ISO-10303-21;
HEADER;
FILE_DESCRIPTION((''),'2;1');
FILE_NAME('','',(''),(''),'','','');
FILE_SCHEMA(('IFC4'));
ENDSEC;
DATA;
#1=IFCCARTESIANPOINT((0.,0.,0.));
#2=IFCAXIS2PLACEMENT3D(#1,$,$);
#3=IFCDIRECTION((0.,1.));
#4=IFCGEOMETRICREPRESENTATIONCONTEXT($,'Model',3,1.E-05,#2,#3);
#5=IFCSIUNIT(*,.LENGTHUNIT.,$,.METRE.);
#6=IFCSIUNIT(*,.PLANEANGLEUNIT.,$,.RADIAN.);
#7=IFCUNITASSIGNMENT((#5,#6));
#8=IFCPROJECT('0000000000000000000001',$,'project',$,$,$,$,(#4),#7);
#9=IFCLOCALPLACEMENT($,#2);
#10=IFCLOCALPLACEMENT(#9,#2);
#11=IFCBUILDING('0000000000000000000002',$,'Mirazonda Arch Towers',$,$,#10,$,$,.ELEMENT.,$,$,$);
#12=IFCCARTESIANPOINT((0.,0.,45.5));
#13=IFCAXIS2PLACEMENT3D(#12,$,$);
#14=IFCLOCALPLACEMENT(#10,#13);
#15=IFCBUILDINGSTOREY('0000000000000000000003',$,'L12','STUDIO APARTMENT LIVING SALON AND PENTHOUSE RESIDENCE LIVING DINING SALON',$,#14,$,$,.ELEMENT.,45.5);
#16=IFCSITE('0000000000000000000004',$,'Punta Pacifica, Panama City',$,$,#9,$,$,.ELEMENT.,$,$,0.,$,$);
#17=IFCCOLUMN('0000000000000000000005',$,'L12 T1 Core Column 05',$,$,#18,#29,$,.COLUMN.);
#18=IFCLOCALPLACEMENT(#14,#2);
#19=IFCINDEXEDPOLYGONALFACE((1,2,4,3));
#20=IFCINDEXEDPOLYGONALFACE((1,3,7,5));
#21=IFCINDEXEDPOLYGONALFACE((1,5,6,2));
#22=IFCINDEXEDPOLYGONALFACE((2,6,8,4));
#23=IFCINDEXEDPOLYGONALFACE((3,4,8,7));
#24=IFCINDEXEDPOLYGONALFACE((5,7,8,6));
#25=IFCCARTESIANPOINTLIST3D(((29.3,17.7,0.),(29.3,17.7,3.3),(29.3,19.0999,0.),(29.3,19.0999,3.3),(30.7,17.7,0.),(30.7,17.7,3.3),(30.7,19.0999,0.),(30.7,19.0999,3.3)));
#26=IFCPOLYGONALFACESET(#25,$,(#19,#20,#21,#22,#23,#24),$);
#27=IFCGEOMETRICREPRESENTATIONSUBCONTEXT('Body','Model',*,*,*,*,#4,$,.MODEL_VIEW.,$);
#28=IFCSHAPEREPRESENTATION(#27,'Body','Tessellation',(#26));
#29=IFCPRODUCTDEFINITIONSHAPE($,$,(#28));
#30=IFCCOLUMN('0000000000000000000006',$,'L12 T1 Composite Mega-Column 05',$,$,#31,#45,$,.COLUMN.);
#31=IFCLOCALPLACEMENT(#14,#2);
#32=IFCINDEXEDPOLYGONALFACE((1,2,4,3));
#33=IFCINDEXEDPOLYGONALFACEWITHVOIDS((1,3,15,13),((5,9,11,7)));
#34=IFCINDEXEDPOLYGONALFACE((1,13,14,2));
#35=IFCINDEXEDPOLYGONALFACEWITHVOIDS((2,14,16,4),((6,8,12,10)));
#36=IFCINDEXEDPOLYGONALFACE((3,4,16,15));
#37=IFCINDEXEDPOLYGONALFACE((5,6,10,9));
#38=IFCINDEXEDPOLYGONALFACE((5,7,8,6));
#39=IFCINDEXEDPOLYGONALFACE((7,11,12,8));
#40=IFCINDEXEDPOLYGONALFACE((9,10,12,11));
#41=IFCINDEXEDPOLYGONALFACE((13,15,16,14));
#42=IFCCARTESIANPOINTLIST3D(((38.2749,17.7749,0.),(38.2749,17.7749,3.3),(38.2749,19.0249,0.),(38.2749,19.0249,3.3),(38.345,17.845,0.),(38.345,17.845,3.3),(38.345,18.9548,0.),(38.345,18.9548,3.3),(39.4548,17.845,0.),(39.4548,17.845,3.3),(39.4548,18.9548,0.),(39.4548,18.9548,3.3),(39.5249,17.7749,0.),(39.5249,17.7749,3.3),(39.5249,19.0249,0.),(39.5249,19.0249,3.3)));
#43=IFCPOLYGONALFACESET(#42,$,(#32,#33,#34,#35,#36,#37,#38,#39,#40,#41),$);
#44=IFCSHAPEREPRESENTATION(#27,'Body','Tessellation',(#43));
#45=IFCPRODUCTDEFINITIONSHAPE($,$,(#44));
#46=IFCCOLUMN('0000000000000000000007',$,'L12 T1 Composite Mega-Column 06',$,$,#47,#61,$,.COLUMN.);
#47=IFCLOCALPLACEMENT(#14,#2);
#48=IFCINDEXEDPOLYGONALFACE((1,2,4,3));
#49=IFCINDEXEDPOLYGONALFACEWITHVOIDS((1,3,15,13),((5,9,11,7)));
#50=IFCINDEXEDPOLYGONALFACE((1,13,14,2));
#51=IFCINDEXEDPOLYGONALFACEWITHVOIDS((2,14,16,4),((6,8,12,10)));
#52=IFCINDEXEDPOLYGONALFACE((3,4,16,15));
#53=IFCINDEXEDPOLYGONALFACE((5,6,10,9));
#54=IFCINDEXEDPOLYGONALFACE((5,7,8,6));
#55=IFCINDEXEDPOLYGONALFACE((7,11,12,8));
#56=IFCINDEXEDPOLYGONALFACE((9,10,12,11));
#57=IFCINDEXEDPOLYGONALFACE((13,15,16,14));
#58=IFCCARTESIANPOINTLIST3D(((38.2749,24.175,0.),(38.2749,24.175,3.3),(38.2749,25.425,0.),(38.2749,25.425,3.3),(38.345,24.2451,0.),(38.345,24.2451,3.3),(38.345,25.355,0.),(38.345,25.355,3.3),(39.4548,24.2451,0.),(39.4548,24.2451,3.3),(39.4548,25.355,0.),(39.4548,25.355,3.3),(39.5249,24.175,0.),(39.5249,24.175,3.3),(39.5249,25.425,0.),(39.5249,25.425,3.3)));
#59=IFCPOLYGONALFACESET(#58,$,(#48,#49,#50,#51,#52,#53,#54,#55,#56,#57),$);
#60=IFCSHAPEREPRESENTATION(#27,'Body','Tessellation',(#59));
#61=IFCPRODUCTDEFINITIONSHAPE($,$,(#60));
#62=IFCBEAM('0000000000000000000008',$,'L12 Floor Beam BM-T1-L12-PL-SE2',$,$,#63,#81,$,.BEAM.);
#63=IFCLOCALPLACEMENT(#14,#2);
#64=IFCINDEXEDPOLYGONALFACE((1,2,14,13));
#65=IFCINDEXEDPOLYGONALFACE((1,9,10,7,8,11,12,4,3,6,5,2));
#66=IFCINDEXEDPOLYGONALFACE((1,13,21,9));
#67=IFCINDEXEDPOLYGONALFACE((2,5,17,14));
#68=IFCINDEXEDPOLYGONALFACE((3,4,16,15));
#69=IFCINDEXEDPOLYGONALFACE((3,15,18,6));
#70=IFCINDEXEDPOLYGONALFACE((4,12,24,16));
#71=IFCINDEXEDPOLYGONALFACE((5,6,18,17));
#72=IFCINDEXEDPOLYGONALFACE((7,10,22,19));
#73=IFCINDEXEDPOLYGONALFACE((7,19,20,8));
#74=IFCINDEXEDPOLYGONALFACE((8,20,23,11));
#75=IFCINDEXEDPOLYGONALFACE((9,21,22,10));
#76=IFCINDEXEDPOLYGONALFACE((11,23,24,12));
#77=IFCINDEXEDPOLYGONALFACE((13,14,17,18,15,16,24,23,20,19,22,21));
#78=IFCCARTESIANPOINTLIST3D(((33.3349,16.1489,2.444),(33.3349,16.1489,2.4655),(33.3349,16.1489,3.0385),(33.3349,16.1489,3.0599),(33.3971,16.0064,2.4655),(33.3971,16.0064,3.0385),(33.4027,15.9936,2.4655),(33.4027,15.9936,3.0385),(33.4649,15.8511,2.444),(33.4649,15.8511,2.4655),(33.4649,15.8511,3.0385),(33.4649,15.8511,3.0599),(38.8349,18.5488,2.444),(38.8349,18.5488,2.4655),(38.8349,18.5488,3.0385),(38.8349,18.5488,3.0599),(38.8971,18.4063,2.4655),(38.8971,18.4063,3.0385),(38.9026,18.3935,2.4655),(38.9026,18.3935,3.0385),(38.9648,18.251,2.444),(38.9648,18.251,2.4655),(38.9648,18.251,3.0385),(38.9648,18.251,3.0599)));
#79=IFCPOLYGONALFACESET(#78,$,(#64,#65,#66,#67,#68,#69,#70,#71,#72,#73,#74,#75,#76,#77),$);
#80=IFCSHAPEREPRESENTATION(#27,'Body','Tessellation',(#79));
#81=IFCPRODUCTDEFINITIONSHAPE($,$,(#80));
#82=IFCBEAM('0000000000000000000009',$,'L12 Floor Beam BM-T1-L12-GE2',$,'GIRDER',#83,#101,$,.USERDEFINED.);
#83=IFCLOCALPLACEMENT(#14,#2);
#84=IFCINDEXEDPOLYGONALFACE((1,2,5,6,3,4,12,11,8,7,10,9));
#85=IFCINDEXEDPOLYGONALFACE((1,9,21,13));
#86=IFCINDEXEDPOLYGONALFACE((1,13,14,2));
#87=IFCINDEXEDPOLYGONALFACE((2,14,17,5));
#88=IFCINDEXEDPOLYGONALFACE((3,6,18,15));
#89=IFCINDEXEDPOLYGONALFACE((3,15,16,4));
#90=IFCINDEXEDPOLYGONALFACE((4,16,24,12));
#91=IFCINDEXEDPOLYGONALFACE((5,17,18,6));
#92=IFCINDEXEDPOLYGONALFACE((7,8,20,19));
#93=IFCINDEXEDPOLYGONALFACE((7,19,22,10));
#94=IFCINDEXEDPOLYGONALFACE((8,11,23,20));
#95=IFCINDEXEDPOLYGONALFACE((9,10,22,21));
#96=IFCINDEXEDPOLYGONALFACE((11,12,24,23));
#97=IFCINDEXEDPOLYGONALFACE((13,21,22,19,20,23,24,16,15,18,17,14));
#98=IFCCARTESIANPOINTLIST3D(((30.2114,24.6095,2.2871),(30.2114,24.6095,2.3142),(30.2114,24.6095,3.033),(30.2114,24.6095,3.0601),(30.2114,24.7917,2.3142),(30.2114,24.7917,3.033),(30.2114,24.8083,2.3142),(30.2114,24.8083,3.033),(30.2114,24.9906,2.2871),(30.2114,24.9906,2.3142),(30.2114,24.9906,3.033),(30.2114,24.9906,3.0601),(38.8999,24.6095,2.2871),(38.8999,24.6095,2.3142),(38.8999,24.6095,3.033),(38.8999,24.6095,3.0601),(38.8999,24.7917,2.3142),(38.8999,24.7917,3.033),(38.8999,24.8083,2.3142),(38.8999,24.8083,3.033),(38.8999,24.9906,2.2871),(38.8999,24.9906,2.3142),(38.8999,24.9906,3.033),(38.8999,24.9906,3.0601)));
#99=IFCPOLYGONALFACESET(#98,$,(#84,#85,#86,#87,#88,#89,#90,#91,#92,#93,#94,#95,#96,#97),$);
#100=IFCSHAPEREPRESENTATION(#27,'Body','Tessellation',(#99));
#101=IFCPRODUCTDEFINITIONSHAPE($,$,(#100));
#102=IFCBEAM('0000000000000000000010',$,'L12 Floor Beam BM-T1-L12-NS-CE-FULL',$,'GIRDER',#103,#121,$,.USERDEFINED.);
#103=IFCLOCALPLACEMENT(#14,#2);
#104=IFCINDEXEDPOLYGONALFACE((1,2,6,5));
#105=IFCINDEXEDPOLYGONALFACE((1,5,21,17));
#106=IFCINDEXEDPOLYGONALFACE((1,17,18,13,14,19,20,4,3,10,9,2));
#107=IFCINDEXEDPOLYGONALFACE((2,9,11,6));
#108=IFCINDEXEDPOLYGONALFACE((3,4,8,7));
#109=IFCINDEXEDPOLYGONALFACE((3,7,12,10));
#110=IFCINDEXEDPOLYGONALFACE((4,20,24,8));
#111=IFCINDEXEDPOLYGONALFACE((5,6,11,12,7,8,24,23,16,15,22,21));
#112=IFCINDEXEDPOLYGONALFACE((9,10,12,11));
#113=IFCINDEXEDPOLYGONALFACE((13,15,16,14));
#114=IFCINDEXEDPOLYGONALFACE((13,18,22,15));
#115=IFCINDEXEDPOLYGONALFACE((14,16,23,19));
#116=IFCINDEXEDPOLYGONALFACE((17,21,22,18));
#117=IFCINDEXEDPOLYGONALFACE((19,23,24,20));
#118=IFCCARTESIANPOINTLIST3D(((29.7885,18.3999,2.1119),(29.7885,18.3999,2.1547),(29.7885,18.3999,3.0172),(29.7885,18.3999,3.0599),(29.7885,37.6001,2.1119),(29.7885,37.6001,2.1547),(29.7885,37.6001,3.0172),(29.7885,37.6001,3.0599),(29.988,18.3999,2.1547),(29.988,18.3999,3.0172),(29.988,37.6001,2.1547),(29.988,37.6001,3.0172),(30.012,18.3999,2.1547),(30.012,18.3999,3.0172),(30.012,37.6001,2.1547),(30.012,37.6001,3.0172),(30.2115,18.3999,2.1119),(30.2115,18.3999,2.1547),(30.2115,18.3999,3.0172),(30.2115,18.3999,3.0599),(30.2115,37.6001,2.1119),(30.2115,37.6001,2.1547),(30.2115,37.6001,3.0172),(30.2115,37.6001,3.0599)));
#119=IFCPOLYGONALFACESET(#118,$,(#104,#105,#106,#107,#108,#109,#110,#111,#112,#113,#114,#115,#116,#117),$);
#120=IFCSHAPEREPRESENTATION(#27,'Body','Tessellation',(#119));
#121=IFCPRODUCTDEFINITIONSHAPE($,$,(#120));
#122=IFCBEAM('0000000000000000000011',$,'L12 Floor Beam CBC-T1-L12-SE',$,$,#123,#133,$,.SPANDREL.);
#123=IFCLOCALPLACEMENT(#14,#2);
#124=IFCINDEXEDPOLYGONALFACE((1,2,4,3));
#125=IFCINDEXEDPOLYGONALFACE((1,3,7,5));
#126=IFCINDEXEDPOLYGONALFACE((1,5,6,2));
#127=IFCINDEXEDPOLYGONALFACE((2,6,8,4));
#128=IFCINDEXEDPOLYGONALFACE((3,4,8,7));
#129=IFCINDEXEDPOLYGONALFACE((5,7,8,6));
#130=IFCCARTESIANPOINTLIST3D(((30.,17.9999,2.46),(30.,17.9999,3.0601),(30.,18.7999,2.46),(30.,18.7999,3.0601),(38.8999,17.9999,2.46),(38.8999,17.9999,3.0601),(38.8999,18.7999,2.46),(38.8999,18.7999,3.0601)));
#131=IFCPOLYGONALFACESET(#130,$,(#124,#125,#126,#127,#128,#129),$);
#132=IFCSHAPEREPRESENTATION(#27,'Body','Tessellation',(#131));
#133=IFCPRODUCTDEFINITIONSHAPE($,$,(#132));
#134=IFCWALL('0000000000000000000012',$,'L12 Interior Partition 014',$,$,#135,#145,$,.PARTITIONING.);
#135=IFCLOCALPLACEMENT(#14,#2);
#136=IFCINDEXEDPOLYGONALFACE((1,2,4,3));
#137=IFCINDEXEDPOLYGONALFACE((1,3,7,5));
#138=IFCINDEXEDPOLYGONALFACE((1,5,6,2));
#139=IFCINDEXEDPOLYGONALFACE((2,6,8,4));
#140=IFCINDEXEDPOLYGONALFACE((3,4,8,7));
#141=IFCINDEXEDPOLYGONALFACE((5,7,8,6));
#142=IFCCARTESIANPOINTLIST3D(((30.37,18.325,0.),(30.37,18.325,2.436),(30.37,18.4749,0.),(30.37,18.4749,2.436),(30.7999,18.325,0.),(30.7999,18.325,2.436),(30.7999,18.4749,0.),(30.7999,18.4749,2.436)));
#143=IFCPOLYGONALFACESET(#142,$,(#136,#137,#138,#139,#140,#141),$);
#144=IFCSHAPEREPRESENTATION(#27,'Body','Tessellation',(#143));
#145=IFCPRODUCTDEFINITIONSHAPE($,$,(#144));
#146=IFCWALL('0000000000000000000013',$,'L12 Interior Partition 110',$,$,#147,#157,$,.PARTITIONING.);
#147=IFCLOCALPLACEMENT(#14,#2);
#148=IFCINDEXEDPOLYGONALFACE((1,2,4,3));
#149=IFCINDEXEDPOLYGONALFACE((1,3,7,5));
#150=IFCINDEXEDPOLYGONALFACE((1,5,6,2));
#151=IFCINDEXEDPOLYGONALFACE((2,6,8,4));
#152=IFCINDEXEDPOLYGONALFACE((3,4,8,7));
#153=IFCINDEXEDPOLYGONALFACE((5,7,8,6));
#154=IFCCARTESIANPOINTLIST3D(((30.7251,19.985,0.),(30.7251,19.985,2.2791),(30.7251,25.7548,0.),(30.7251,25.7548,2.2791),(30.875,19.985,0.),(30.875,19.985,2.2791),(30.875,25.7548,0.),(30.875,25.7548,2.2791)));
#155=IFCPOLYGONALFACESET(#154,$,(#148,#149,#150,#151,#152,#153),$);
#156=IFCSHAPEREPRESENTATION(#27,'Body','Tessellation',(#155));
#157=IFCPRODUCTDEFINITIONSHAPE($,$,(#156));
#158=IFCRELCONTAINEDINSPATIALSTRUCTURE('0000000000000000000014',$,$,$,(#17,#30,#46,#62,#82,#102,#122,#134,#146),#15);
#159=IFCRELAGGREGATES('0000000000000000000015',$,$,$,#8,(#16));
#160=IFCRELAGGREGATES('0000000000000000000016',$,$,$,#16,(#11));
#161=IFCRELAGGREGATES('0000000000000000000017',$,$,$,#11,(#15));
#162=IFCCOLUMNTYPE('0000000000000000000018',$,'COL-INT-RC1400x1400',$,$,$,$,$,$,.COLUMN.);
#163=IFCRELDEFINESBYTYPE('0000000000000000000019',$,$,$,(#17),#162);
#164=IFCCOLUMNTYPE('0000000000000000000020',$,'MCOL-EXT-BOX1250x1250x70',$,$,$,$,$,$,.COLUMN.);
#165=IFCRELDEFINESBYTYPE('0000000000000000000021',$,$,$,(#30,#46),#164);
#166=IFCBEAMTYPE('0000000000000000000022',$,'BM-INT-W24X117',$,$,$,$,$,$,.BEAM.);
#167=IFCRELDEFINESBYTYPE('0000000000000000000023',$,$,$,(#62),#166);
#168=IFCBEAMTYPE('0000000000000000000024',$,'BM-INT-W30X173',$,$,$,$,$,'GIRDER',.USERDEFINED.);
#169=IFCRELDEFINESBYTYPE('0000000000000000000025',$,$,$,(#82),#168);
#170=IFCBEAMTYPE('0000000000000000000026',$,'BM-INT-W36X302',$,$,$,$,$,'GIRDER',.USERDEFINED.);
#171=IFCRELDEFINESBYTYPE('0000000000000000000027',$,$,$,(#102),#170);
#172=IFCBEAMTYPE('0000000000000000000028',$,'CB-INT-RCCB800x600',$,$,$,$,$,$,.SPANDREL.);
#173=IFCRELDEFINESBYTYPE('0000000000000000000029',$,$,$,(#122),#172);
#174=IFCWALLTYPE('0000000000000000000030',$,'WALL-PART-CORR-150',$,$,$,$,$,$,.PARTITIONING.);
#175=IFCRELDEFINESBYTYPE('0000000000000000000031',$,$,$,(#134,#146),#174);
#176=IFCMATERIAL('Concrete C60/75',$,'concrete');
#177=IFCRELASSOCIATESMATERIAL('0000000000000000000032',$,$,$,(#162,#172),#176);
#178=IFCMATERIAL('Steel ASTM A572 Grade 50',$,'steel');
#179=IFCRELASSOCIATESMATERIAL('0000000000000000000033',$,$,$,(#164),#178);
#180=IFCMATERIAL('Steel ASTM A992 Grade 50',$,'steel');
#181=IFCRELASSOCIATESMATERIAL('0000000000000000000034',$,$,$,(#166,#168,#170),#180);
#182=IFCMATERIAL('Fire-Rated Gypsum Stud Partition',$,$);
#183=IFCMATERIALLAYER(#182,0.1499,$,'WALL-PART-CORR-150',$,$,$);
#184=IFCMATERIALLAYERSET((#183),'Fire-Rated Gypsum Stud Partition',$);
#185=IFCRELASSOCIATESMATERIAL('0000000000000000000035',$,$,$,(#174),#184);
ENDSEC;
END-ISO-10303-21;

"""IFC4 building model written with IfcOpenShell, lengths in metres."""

from ifc_helpers import new_model, si_unit, direction, frame, frame_2d, origin, origin_2d, place, context, subcontext, project, spatial, rectangle, hollow_rectangle, i_section, extrude, material, layer, layer_set, material_profile, profile_set, type_object, element, save


model = new_model("IFC4")

# Units and contexts
model_context = context("Model", 3, precision=1e-05, world=origin(), true_north=direction((0.0, 1.0)))
body_context = subcontext(model_context, "Body", "Model", "MODEL_VIEW")
ifc_project = project(units=[si_unit("LENGTHUNIT", "METRE"), si_unit("PLANEANGLEUNIT", "RADIAN")], contexts=[model_context])

# Site, building, storey
site_placement = place(None, origin())
site = spatial("IfcSite", under=ifc_project, at=site_placement, Name="Punta Pacifica, Panama City", CompositionType="ELEMENT", RefElevation=0.0)
building_placement = place(site_placement, origin())
building = spatial("IfcBuilding", under=site, at=building_placement, Name="Mirazonda Arch Towers", CompositionType="ELEMENT")
storey_placement = place(building_placement, frame((0.0, 0.0, 45.5)))
storey = spatial("IfcBuildingStorey", under=building, at=storey_placement, Name="L12", Description="STUDIO APARTMENT LIVING SALON AND PENTHOUSE RESIDENCE LIVING DINING SALON", CompositionType="ELEMENT", Elevation=45.5)

# Columns
ifc_material_1 = material(Name="Concrete C60/75", Category="concrete")
ifc_material_profile_1 = material_profile(ifc_material_1, rectangle(XDim=1.3999, YDim=1.3999, at=origin_2d()), Name="RC1400x1400")
ifc_profile_set_1 = profile_set([ifc_material_profile_1], Name="Concrete C60/75")
column_type_1 = type_object("IfcColumnType", Name="COL-INT-RC1400x1400", PredefinedType="COLUMN", material=ifc_profile_set_1)
column_placement = place(storey_placement, frame((30.0, 18.3999, 0.0), z_axis=(0.0, 0.0, 1.0), x_axis=(1.0, 0.0, 0.0)))
element("IfcColumn", 1, at=column_placement, inside=storey, type_object=column_type_1, Name="L12 T1 Core Column 05", PredefinedType="COLUMN", context=body_context, shape_type="SweptSolid", body=[
    extrude(rectangle(XDim=1.3999, YDim=1.3999, at=origin_2d()), origin(), (0.0, 0.0, 1.0), 3.3),
])
ifc_material_2 = material(Name="Steel ASTM A572 Grade 50", Category="steel")
ifc_material_profile_2 = material_profile(ifc_material_2, hollow_rectangle(XDim=1.25, YDim=1.25, WallThickness=0.0701, at=origin_2d()), Name="BOX1250x1250x70")
ifc_profile_set_2 = profile_set([ifc_material_profile_2], Name="Steel ASTM A572 Grade 50")
column_type_2 = type_object("IfcColumnType", Name="MCOL-EXT-BOX1250x1250x70", PredefinedType="COLUMN", material=ifc_profile_set_2)
for number, where, z_axis, x_axis, name in (
    (2, (38.8999, 18.3999, 0.0), (0.0, 0.0, 1.0), (1.0, 0.0, 0.0), "L12 T1 Composite Mega-Column 05"),
    (3, (38.8999, 24.8, 0.0), (0.0, 0.0, 1.0), (1.0, 0.0, 0.0), "L12 T1 Composite Mega-Column 06"),
):
    element("IfcColumn", number, at=place(storey_placement, frame(where, z_axis=z_axis, x_axis=x_axis)), inside=storey, type_object=column_type_2, Name=name, PredefinedType="COLUMN", context=body_context, shape_type="SweptSolid", body=[
        extrude(hollow_rectangle(XDim=1.25, YDim=1.25, WallThickness=0.0701, at=origin_2d()), origin(), (0.0, 0.0, 1.0), 3.3),
    ])

# Beams
ifc_material_3 = material(Name="Steel ASTM A992 Grade 50", Category="steel")
ifc_material_profile_3 = material_profile(ifc_material_3, i_section(OverallWidth=0.325, OverallDepth=0.616, WebThickness=0.0139, FlangeThickness=0.0215, at=origin_2d()), Name="W24X117")
ifc_profile_set_3 = profile_set([ifc_material_profile_3], Name="Steel ASTM A992 Grade 50")
beam_type_1 = type_object("IfcBeamType", Name="BM-INT-W24X117", PredefinedType="BEAM", material=ifc_profile_set_3)
beam_1_placement = place(storey_placement, frame((33.3999, 16.0, 2.752), z_axis=(0.916545, 0.399931, 0.0), x_axis=(-0.399931, 0.916545, 0.0)))
element("IfcBeam", 4, at=beam_1_placement, inside=storey, type_object=beam_type_1, Name="L12 Floor Beam BM-T1-L12-PL-SE2", PredefinedType="BEAM", context=body_context, shape_type="SweptSolid", body=[
    extrude(i_section(OverallWidth=0.325, OverallDepth=0.616, WebThickness=0.0139, FlangeThickness=0.0215, at=origin_2d()), origin(), (0.0, 0.0, 1.0), 6.0007),
])
ifc_material_profile_4 = material_profile(ifc_material_3, i_section(OverallWidth=0.3811, OverallDepth=0.7729, WebThickness=0.0166, FlangeThickness=0.0271, at=origin_2d()), Name="W30X173")
ifc_profile_set_4 = profile_set([ifc_material_profile_4], Name="Steel ASTM A992 Grade 50")
beam_type_2 = type_object("IfcBeamType", Name="BM-INT-W30X173", ElementType="GIRDER", PredefinedType="USERDEFINED", material=ifc_profile_set_4)
beam_2_placement = place(storey_placement, frame((30.2114, 24.8, 2.6736), z_axis=(1.0, 0.0, 0.0), x_axis=(0.0, 1.0, 0.0)))
element("IfcBeam", 5, at=beam_2_placement, inside=storey, type_object=beam_type_2, Name="L12 Floor Beam BM-T1-L12-GE2", ObjectType="GIRDER", PredefinedType="USERDEFINED", context=body_context, shape_type="SweptSolid", body=[
    extrude(i_section(OverallWidth=0.3811, OverallDepth=0.7729, WebThickness=0.0166, FlangeThickness=0.0271, at=origin_2d()), origin(), (0.0, 0.0, 1.0), 8.6885),
])
ifc_material_profile_5 = material_profile(ifc_material_3, i_section(OverallWidth=0.4231, OverallDepth=0.948, WebThickness=0.0239, FlangeThickness=0.0427, at=origin_2d()), Name="W36X302")
ifc_profile_set_5 = profile_set([ifc_material_profile_5], Name="Steel ASTM A992 Grade 50")
beam_type_3 = type_object("IfcBeamType", Name="BM-INT-W36X302", ElementType="GIRDER", PredefinedType="USERDEFINED", material=ifc_profile_set_5)
beam_3_placement = place(storey_placement, frame((30.0, 18.3999, 2.5859), z_axis=(0.0, 1.0, 0.0), x_axis=(-1.0, 0.0, 0.0)))
element("IfcBeam", 6, at=beam_3_placement, inside=storey, type_object=beam_type_3, Name="L12 Floor Beam BM-T1-L12-NS-CE-FULL", ObjectType="GIRDER", PredefinedType="USERDEFINED", context=body_context, shape_type="SweptSolid", body=[
    extrude(i_section(OverallWidth=0.4231, OverallDepth=0.948, WebThickness=0.0239, FlangeThickness=0.0427, at=origin_2d()), origin(), (0.0, 0.0, 1.0), 19.2002),
])
ifc_material_profile_6 = material_profile(ifc_material_1, rectangle(XDim=0.8, YDim=0.6001, at=origin_2d()), Name="RCCB800x600")
ifc_profile_set_6 = profile_set([ifc_material_profile_6], Name="Concrete C60/75")
beam_type_4 = type_object("IfcBeamType", Name="CB-INT-RCCB800x600", PredefinedType="SPANDREL", material=ifc_profile_set_6)
beam_4_placement = place(storey_placement, frame((30.0, 18.3999, 2.76), z_axis=(1.0, 0.0, 0.0), x_axis=(0.0, 1.0, 0.0)))
element("IfcBeam", 7, at=beam_4_placement, inside=storey, type_object=beam_type_4, Name="L12 Floor Beam CBC-T1-L12-SE", PredefinedType="SPANDREL", context=body_context, shape_type="SweptSolid", body=[
    extrude(rectangle(XDim=0.8, YDim=0.6001, at=origin_2d()), origin(), (0.0, 0.0, 1.0), 8.8999),
])

# Walls
ifc_material_4 = material(Name="Fire-Rated Gypsum Stud Partition")
ifc_layer_1 = layer(ifc_material_4, 0.1499, Name="WALL-PART-CORR-150")
ifc_layer_set_1 = layer_set([ifc_layer_1], Name="Fire-Rated Gypsum Stud Partition")
wall_type_1 = type_object("IfcWallType", Name="WALL-PART-CORR-150", PredefinedType="PARTITIONING", material=ifc_layer_set_1)
wall_1_placement = place(storey_placement, frame((30.3701, 18.3999, 0.0), z_axis=(0.0, 0.0, 1.0), x_axis=(1.0, 0.0, 0.0)))
element("IfcWall", 8, at=wall_1_placement, inside=storey, type_object=wall_type_1, Name="L12 Interior Partition 014", PredefinedType="PARTITIONING", context=body_context, shape_type="SweptSolid", body=[
    extrude(rectangle(XDim=0.4299, YDim=0.1499, at=frame_2d((0.2148, 0.0))), origin(), (0.0, 0.0, 1.0), 2.436),
])
wall_2_placement = place(storey_placement, frame((30.8, 19.9851, 0.0), z_axis=(0.0, 0.0, 1.0), x_axis=(0.0, 1.0, 0.0)))
element("IfcWall", 9, at=wall_2_placement, inside=storey, type_object=wall_type_1, Name="L12 Interior Partition 110", PredefinedType="PARTITIONING", context=body_context, shape_type="SweptSolid", body=[
    extrude(rectangle(XDim=5.7698, YDim=0.1499, at=frame_2d((2.8848, 0.0))), origin(), (0.0, 0.0, 1.0), 2.2791),
])

save(model, "model.ifc")
